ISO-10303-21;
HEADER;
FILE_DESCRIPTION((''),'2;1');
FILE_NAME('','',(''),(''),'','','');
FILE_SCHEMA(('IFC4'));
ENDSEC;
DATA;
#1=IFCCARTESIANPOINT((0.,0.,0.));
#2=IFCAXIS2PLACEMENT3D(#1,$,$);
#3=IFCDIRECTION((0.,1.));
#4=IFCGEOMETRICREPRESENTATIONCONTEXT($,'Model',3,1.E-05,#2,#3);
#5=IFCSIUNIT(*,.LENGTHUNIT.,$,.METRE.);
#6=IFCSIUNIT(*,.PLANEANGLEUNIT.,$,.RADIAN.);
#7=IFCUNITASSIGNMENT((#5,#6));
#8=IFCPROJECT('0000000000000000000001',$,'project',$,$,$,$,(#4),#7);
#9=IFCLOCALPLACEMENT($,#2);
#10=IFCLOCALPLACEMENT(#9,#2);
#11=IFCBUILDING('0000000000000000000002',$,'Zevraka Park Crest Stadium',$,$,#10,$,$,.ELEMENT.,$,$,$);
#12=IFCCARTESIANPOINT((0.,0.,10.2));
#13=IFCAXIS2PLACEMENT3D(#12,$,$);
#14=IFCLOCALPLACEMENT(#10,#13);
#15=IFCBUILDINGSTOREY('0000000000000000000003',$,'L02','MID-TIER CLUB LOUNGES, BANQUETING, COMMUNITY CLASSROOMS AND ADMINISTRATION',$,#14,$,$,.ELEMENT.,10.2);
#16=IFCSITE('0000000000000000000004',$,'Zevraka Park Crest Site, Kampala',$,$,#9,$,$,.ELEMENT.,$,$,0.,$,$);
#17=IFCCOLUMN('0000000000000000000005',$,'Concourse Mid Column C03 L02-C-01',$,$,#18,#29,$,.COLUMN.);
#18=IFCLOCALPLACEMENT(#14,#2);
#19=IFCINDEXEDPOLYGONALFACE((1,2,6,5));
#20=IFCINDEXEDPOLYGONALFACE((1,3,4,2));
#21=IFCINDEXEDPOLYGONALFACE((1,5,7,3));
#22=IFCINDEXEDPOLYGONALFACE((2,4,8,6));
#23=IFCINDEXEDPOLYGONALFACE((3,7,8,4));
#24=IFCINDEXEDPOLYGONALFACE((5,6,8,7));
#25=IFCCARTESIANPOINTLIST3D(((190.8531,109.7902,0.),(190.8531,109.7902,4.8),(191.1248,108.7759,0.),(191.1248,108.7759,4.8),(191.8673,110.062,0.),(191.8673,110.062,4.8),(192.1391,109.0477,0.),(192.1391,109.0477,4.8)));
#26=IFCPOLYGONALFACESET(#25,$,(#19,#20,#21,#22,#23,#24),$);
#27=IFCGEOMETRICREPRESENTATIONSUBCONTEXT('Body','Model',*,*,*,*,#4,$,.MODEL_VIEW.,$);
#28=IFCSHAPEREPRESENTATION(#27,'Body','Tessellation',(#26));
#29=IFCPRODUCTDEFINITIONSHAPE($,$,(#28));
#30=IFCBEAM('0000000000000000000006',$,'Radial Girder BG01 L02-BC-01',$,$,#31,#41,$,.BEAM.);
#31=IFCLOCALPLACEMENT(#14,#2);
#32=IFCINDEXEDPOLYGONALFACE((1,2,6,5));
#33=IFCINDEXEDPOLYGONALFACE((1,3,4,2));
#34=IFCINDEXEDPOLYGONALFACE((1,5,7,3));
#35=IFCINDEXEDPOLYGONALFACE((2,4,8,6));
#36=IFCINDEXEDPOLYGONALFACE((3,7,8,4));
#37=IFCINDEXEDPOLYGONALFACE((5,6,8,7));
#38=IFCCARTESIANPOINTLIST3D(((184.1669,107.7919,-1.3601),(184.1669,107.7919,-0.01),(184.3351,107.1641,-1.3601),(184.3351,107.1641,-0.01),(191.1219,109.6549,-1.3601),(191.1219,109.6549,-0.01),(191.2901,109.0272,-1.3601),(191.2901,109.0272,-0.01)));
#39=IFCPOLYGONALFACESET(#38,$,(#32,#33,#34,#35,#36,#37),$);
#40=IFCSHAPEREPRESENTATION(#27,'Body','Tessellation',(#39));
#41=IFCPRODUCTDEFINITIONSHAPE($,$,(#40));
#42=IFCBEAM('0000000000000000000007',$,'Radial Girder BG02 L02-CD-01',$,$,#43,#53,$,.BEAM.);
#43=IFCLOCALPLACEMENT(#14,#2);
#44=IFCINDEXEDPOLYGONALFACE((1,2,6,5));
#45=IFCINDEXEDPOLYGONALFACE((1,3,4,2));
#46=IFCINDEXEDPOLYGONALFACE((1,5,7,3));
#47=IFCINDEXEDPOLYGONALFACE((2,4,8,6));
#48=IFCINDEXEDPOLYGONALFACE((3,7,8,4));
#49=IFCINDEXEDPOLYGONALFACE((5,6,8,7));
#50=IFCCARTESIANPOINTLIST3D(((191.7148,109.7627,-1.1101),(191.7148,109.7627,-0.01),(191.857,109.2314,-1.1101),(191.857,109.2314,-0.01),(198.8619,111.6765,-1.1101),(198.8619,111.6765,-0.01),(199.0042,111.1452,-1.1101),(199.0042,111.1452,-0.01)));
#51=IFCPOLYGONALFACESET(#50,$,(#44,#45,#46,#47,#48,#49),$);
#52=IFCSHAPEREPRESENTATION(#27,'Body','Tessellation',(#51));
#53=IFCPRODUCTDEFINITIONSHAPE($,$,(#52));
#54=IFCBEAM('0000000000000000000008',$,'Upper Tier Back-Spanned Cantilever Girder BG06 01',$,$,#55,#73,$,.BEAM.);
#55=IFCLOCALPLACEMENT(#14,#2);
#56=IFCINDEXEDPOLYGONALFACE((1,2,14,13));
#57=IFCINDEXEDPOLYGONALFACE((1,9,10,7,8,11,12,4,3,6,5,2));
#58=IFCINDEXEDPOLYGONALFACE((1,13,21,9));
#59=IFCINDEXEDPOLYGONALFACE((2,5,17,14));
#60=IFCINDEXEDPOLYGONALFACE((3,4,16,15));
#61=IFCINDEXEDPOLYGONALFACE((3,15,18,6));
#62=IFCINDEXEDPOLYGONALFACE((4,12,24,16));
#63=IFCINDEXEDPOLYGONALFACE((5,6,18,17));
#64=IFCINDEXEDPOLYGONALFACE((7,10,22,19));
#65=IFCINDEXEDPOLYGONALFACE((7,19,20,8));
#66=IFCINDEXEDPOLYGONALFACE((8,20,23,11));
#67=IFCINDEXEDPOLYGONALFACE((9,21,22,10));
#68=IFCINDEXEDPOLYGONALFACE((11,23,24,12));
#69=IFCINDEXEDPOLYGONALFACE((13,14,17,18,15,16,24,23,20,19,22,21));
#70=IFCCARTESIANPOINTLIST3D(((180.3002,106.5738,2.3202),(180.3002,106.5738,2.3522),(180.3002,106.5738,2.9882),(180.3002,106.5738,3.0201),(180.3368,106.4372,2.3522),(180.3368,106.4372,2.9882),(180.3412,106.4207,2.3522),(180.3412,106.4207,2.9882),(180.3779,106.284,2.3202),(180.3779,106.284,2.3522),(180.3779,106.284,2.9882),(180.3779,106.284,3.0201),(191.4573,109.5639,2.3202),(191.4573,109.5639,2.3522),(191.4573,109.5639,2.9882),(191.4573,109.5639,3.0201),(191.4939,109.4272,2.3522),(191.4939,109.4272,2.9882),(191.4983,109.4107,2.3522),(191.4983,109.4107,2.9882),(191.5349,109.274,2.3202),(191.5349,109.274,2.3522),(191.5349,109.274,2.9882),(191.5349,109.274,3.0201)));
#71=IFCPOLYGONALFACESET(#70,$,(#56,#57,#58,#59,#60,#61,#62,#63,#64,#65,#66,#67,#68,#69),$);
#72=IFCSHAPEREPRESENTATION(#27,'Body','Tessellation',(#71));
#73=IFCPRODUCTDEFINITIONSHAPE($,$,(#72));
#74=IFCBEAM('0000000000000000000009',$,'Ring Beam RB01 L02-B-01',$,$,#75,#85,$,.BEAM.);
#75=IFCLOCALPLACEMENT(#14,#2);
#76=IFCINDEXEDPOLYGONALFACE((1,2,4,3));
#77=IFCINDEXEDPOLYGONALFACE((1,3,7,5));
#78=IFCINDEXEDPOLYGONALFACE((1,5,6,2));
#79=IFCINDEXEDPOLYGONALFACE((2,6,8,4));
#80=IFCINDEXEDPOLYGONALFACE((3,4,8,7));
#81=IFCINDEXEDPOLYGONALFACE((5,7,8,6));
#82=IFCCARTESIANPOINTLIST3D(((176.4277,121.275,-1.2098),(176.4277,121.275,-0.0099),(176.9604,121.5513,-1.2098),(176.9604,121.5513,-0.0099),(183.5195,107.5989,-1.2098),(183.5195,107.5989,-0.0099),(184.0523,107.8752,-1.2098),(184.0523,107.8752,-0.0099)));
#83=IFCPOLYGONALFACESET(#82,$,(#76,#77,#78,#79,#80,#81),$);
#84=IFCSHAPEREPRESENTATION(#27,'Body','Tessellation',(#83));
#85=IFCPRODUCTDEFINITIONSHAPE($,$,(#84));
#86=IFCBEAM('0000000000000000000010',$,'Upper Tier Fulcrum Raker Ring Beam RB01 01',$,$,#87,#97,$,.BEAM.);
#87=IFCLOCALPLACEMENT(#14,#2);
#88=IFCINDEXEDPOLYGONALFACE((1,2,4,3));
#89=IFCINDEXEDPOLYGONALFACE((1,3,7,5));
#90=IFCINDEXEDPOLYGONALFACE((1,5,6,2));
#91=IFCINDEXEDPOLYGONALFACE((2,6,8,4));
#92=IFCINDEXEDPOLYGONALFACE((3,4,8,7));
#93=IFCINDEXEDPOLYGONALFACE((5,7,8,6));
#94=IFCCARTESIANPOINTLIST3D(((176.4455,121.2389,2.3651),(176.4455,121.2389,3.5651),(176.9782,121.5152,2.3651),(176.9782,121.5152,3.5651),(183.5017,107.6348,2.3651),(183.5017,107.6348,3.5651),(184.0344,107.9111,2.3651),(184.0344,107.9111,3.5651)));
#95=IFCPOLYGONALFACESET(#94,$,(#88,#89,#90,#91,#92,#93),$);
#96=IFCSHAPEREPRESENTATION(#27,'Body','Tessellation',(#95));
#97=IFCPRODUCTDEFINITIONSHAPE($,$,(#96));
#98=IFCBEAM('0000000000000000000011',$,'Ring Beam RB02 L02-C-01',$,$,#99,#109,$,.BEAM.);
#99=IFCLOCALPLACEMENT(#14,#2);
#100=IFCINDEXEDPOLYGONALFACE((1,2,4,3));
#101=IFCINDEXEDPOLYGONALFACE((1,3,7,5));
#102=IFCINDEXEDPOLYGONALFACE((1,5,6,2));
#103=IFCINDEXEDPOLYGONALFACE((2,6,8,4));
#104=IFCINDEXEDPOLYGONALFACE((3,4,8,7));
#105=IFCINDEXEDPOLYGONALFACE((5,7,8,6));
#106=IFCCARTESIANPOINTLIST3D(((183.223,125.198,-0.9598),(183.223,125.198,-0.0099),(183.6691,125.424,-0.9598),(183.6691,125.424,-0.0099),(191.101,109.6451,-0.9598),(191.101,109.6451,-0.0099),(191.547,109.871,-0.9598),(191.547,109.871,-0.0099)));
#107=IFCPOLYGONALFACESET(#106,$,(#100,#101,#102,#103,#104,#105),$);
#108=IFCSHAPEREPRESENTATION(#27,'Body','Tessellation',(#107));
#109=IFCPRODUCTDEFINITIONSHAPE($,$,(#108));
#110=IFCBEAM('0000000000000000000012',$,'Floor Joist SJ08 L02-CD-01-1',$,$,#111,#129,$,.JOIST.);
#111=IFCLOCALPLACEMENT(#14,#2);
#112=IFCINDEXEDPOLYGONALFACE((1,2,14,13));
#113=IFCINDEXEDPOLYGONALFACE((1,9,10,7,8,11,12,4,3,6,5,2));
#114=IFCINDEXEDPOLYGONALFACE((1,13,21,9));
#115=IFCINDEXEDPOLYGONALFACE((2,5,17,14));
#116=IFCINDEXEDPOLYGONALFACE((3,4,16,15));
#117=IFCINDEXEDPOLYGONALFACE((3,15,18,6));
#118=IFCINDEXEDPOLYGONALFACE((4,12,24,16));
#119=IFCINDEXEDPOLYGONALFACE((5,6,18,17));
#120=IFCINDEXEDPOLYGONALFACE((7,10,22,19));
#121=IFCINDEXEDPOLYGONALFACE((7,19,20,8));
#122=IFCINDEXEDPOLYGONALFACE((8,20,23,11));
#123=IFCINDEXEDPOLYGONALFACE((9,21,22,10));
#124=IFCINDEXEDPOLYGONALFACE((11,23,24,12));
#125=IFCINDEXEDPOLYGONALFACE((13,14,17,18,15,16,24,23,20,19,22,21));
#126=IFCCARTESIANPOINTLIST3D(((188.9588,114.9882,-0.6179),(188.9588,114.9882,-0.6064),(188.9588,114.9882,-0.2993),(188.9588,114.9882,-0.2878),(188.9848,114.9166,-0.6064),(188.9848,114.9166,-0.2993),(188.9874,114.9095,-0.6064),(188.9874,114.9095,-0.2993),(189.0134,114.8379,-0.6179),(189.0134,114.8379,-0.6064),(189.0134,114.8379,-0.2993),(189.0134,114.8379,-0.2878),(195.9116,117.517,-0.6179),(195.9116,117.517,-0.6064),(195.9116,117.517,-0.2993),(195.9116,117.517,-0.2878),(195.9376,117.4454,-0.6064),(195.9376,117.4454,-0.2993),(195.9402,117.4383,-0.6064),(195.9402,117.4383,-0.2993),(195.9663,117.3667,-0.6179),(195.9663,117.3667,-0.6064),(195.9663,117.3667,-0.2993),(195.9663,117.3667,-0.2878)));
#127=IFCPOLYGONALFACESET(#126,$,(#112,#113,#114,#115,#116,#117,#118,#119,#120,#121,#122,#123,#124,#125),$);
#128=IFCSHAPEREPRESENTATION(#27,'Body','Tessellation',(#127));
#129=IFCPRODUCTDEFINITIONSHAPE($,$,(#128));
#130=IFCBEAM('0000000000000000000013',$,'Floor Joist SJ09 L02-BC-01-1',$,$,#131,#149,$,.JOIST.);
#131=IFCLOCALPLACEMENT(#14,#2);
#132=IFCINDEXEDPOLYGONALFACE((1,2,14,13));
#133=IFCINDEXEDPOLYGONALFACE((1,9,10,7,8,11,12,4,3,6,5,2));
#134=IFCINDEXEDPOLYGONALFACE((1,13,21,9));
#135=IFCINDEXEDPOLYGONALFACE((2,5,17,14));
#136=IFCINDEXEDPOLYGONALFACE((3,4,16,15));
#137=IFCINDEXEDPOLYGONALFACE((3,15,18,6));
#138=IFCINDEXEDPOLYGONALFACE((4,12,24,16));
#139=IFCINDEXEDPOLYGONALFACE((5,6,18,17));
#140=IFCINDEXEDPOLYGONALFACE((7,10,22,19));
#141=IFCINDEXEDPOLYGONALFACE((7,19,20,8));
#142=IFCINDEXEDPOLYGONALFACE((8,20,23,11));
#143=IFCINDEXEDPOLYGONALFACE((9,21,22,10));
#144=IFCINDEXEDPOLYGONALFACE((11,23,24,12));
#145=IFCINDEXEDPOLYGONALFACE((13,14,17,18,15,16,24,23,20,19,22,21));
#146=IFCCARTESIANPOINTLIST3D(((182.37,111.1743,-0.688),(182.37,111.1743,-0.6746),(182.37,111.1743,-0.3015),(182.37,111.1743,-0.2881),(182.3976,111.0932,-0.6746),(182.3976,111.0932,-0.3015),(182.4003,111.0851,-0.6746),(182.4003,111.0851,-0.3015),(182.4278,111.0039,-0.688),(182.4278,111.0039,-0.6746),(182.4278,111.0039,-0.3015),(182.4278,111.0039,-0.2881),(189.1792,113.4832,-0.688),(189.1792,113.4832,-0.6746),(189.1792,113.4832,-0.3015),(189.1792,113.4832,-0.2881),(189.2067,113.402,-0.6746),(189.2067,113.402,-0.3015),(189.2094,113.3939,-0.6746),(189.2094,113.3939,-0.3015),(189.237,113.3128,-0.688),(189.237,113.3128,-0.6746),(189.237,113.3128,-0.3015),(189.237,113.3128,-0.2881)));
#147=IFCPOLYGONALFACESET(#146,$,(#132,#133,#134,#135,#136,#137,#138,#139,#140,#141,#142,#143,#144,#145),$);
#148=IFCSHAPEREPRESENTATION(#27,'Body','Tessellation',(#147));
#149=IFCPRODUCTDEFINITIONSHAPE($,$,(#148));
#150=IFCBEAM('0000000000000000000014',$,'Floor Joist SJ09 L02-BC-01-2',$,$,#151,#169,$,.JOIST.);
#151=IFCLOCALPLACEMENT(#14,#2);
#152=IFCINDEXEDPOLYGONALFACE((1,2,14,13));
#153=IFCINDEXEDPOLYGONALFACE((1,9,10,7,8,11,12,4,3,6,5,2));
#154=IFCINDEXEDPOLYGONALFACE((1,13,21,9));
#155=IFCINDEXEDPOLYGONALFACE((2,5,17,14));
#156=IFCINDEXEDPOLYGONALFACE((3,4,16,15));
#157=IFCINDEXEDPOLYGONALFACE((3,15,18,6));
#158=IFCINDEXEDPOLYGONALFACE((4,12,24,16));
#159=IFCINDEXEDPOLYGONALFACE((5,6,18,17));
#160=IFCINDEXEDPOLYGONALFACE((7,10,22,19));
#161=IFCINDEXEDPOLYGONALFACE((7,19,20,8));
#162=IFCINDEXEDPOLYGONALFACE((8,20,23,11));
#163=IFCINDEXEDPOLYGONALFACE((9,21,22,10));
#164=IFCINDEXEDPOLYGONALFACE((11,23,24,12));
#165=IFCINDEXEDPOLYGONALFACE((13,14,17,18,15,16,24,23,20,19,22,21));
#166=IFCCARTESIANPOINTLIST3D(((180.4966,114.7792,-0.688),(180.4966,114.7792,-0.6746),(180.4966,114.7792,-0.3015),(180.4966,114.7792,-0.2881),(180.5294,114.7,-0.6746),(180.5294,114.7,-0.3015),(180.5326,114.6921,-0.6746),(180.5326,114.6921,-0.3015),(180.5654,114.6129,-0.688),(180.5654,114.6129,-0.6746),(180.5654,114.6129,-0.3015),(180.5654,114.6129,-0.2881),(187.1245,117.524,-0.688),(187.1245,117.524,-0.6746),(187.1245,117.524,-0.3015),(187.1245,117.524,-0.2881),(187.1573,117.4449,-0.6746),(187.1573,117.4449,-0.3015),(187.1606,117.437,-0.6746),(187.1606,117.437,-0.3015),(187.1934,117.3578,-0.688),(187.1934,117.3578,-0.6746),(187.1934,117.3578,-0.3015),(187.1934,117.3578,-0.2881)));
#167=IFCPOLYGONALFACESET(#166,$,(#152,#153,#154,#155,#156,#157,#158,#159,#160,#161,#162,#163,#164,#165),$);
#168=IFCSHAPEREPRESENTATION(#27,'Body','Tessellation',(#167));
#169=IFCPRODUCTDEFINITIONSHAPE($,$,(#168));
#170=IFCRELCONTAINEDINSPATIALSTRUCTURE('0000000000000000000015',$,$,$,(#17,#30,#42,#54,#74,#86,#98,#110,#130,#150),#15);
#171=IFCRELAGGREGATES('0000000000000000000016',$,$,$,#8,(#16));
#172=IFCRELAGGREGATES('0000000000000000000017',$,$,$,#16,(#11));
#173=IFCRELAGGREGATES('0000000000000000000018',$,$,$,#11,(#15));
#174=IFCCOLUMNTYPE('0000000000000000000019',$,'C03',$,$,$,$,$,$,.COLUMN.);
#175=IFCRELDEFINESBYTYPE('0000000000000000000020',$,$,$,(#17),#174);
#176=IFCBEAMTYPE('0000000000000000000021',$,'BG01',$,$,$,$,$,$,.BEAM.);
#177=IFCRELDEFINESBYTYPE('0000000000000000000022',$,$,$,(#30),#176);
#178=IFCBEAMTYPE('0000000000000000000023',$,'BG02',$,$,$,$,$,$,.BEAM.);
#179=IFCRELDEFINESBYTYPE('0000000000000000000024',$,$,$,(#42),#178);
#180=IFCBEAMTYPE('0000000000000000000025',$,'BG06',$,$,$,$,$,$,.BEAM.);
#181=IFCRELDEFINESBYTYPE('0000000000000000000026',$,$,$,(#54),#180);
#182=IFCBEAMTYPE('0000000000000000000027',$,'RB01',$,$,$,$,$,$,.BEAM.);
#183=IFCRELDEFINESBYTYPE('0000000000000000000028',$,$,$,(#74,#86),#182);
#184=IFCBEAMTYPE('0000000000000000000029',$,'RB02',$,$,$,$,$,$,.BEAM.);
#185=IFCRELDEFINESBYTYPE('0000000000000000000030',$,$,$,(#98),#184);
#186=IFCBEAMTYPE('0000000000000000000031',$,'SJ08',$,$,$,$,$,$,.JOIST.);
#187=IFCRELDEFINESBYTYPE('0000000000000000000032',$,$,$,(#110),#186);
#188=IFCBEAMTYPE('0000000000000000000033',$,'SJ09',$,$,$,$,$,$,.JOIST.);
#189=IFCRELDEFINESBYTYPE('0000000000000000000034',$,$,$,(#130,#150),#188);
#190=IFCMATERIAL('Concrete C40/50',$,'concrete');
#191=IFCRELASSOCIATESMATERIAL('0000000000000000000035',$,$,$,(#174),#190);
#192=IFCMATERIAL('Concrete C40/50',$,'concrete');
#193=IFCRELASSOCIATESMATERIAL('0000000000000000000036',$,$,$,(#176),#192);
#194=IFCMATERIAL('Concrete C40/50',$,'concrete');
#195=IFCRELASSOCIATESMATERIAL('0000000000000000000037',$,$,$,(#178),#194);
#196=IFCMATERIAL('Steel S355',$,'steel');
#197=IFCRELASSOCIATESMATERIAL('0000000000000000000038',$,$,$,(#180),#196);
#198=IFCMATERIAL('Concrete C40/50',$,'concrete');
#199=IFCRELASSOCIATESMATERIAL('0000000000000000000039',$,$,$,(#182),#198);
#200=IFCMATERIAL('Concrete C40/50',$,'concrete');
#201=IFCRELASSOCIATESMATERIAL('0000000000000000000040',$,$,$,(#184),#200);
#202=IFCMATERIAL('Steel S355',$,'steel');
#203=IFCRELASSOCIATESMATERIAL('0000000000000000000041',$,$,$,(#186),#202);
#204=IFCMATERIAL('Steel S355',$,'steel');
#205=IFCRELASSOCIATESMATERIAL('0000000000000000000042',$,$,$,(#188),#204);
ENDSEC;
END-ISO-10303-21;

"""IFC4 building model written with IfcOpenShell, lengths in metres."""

from ifc_helpers import new_model, si_unit, direction, frame, origin, origin_2d, place, context, subcontext, project, spatial, rectangle, i_section, extrude, material, material_profile, profile_set, type_object, element, save


model = new_model("IFC4")

# Units and contexts
model_context = context("Model", 3, precision=1e-05, world=origin(), true_north=direction((0.0, 1.0)))
body_context = subcontext(model_context, "Body", "Model", "MODEL_VIEW")
ifc_project = project(units=[si_unit("LENGTHUNIT", "METRE"), si_unit("PLANEANGLEUNIT", "RADIAN")], contexts=[model_context])

# Site, building, storey
site_placement = place(None, origin())
site = spatial("IfcSite", under=ifc_project, at=site_placement, Name="Zevraka Park Crest Site, Kampala", CompositionType="ELEMENT", RefElevation=0.0)
building_placement = place(site_placement, origin())
building = spatial("IfcBuilding", under=site, at=building_placement, Name="Zevraka Park Crest Stadium", CompositionType="ELEMENT")
storey_placement = place(building_placement, frame((0.0, 0.0, 10.2)))
storey = spatial("IfcBuildingStorey", under=building, at=storey_placement, Name="L02", Description="MID-TIER CLUB LOUNGES, BANQUETING, COMMUNITY CLASSROOMS AND ADMINISTRATION", CompositionType="ELEMENT", Elevation=10.2)

# Column
ifc_material_1 = material(Name="Concrete C40/50", Category="concrete")
ifc_material_profile_1 = material_profile(ifc_material_1, rectangle(XDim=1.05, YDim=1.05, at=origin_2d()), Name="RC 1050x1050")
ifc_profile_set_1 = profile_set([ifc_material_profile_1], Name="Concrete C40/50")
column_type = type_object("IfcColumnType", Name="C03", PredefinedType="COLUMN", material=ifc_profile_set_1)
column_placement = place(storey_placement, frame((191.4961, 109.4189, 0.0), z_axis=(0.0, 0.0, 1.0), x_axis=(0.965926, 0.258819, 0.0)))
element("IfcColumn", 1, at=column_placement, inside=storey, type_object=column_type, Name="Concourse Mid Column C03 L02-C-01", PredefinedType="COLUMN", context=body_context, shape_type="SweptSolid", body=[
    extrude(rectangle(XDim=1.05, YDim=1.05, at=origin_2d()), origin(), (0.0, 0.0, 1.0), 4.8),
])

# Beams
ifc_material_2 = material(Name="Concrete C40/50", Category="concrete")
ifc_material_profile_2 = material_profile(ifc_material_2, rectangle(XDim=0.6499, YDim=1.3501, at=origin_2d()), Name="RC 1350x650")
ifc_profile_set_2 = profile_set([ifc_material_profile_2], Name="Concrete C40/50")
beam_type_1 = type_object("IfcBeamType", Name="BG01", PredefinedType="BEAM", material=ifc_profile_set_2)
beam_1_placement = place(storey_placement, frame((184.251, 107.478, -0.6851), z_axis=(0.965946, 0.258745, 0.0), x_axis=(-0.258745, 0.965946, 0.0)))
element("IfcBeam", 2, at=beam_1_placement, inside=storey, type_object=beam_type_1, Name="Radial Girder BG01 L02-BC-01", PredefinedType="BEAM", context=body_context, shape_type="SweptSolid", body=[
    extrude(rectangle(XDim=0.6499, YDim=1.3501, at=origin_2d()), origin(), (0.0, 0.0, 1.0), 7.2002),
])
ifc_material_3 = material(Name="Concrete C40/50", Category="concrete")
ifc_material_profile_3 = material_profile(ifc_material_3, rectangle(XDim=0.55, YDim=1.1001, at=origin_2d()), Name="RC 1100x550")
ifc_profile_set_3 = profile_set([ifc_material_profile_3], Name="Concrete C40/50")
beam_type_2 = type_object("IfcBeamType", Name="BG02", PredefinedType="BEAM", material=ifc_profile_set_3)
beam_2_placement = place(storey_placement, frame((191.7859, 109.4971, -0.5601), z_axis=(0.965969, 0.258659, 0.0), x_axis=(-0.258659, 0.965969, 0.0)))
element("IfcBeam", 3, at=beam_2_placement, inside=storey, type_object=beam_type_2, Name="Radial Girder BG02 L02-CD-01", PredefinedType="BEAM", context=body_context, shape_type="SweptSolid", body=[
    extrude(rectangle(XDim=0.55, YDim=1.1001, at=origin_2d()), origin(), (0.0, 0.0, 1.0), 7.3989),
])
ifc_material_4 = material(Name="Steel S355", Category="steel")
ifc_material_profile_4 = material_profile(ifc_material_4, i_section(OverallWidth=0.3, OverallDepth=0.7, WebThickness=0.0171, FlangeThickness=0.032, at=origin_2d()), Name="HEB 700")
ifc_profile_set_4 = profile_set([ifc_material_profile_4], Name="Steel S355")
beam_type_3 = type_object("IfcBeamType", Name="BG06", PredefinedType="BEAM", material=ifc_profile_set_4)
beam_3_placement = place(storey_placement, frame((191.4961, 109.4189, 2.6702), z_axis=(-0.965915, -0.258858, 0.0), x_axis=(0.258858, -0.965915, 0.0)))
element("IfcBeam", 4, at=beam_3_placement, inside=storey, type_object=beam_type_3, Name="Upper Tier Back-Spanned Cantilever Girder BG06 01", PredefinedType="BEAM", context=body_context, shape_type="SweptSolid", body=[
    extrude(i_section(OverallWidth=0.3, OverallDepth=0.7, WebThickness=0.0171, FlangeThickness=0.032, at=origin_2d()), origin(), (0.0, 0.0, 1.0), 11.5508),
])
ifc_material_5 = material(Name="Concrete C40/50", Category="concrete")
ifc_material_profile_5 = material_profile(ifc_material_5, rectangle(XDim=0.6001, YDim=1.2, at=origin_2d()), Name="RC 1200x600")
ifc_profile_set_5 = profile_set([ifc_material_profile_5], Name="Concrete C40/50")
beam_type_4 = type_object("IfcBeamType", Name="RB01", PredefinedType="BEAM", material=ifc_profile_set_5)
beam_4_placement = place(storey_placement, frame((183.7859, 107.7371, -0.6099), z_axis=(-0.460344, 0.887741, 0.0), x_axis=(-0.887741, -0.460344, 0.0)))
element("IfcBeam", 5, at=beam_4_placement, inside=storey, type_object=beam_type_4, Name="Ring Beam RB01 L02-B-01", PredefinedType="BEAM", context=body_context, shape_type="SweptSolid", body=[
    extrude(rectangle(XDim=0.6001, YDim=1.2, at=origin_2d()), origin(), (0.0, 0.0, 1.0), 15.4055),
])
beam_5_placement = place(storey_placement, frame((183.7681, 107.7729, 2.9651), z_axis=(-0.460432, 0.887695, 0.0), x_axis=(-0.887695, -0.460432, 0.0)))
element("IfcBeam", 6, at=beam_5_placement, inside=storey, type_object=beam_type_4, Name="Upper Tier Fulcrum Raker Ring Beam RB01 01", PredefinedType="BEAM", context=body_context, shape_type="SweptSolid", body=[
    extrude(rectangle(XDim=0.6001, YDim=1.2, at=origin_2d()), origin(), (0.0, 0.0, 1.0), 15.3252),
])
ifc_material_6 = material(Name="Concrete C40/50", Category="concrete")
ifc_material_profile_6 = material_profile(ifc_material_6, rectangle(XDim=0.5, YDim=0.95, at=origin_2d()), Name="RC 950x500")
ifc_profile_set_6 = profile_set([ifc_material_profile_6], Name="Concrete C40/50")
beam_type_5 = type_object("IfcBeamType", Name="RB02", PredefinedType="BEAM", material=ifc_profile_set_6)
beam_6_placement = place(storey_placement, frame((191.324, 109.7581, -0.4849), z_axis=(-0.451862, 0.892088, 0.0), x_axis=(-0.892088, -0.451862, 0.0)))
element("IfcBeam", 7, at=beam_6_placement, inside=storey, type_object=beam_type_5, Name="Ring Beam RB02 L02-C-01", PredefinedType="BEAM", context=body_context, shape_type="SweptSolid", body=[
    extrude(rectangle(XDim=0.5, YDim=0.95, at=origin_2d()), origin(), (0.0, 0.0, 1.0), 17.4343),
])
ifc_material_7 = material(Name="Steel S355", Category="steel")
ifc_material_profile_7 = material_profile(ifc_material_7, i_section(OverallWidth=0.1599, OverallDepth=0.3301, WebThickness=0.0076, FlangeThickness=0.0115, at=origin_2d()), Name="IPE 330")
ifc_profile_set_7 = profile_set([ifc_material_profile_7], Name="Steel S355")
beam_type_6 = type_object("IfcBeamType", Name="SJ08", PredefinedType="JOIST", material=ifc_profile_set_7)
beam_7_placement = place(storey_placement, frame((188.9861, 114.9131, -0.4529), z_axis=(0.939772, 0.341801, 0.0), x_axis=(-0.341801, 0.939772, 0.0)))
element("IfcBeam", 8, at=beam_7_placement, inside=storey, type_object=beam_type_6, Name="Floor Joist SJ08 L02-CD-01-1", PredefinedType="JOIST", context=body_context, shape_type="SweptSolid", body=[
    extrude(i_section(OverallWidth=0.1599, OverallDepth=0.3301, WebThickness=0.0076, FlangeThickness=0.0115, at=origin_2d()), origin(), (0.0, 0.0, 1.0), 7.3984),
])
ifc_material_8 = material(Name="Steel S355", Category="steel")
ifc_material_profile_8 = material_profile(ifc_material_8, i_section(OverallWidth=0.1799, OverallDepth=0.3999, WebThickness=0.0085, FlangeThickness=0.0134, at=origin_2d()), Name="IPE 400")
ifc_profile_set_8 = profile_set([ifc_material_profile_8], Name="Steel S355")
beam_type_7 = type_object("IfcBeamType", Name="SJ09", PredefinedType="JOIST", material=ifc_profile_set_8)
beam_8_placement = place(storey_placement, frame((182.3989, 111.0891, -0.488), z_axis=(0.947037, 0.321123, 0.0), x_axis=(-0.321123, 0.947037, 0.0)))
element("IfcBeam", 9, at=beam_8_placement, inside=storey, type_object=beam_type_7, Name="Floor Joist SJ09 L02-BC-01-1", PredefinedType="JOIST", context=body_context, shape_type="SweptSolid", body=[
    extrude(i_section(OverallWidth=0.1799, OverallDepth=0.3999, WebThickness=0.0085, FlangeThickness=0.0134, at=origin_2d()), origin(), (0.0, 0.0, 1.0), 7.1899),
])
beam_9_placement = place(storey_placement, frame((180.531, 114.696, -0.488), z_axis=(0.923904, 0.382623, 0.0), x_axis=(-0.382623, 0.923904, 0.0)))
element("IfcBeam", 10, at=beam_9_placement, inside=storey, type_object=beam_type_7, Name="Floor Joist SJ09 L02-BC-01-2", PredefinedType="JOIST", context=body_context, shape_type="SweptSolid", body=[
    extrude(i_section(OverallWidth=0.1799, OverallDepth=0.3999, WebThickness=0.0085, FlangeThickness=0.0134, at=origin_2d()), origin(), (0.0, 0.0, 1.0), 7.1738),
])

save(model, "model.ifc")
